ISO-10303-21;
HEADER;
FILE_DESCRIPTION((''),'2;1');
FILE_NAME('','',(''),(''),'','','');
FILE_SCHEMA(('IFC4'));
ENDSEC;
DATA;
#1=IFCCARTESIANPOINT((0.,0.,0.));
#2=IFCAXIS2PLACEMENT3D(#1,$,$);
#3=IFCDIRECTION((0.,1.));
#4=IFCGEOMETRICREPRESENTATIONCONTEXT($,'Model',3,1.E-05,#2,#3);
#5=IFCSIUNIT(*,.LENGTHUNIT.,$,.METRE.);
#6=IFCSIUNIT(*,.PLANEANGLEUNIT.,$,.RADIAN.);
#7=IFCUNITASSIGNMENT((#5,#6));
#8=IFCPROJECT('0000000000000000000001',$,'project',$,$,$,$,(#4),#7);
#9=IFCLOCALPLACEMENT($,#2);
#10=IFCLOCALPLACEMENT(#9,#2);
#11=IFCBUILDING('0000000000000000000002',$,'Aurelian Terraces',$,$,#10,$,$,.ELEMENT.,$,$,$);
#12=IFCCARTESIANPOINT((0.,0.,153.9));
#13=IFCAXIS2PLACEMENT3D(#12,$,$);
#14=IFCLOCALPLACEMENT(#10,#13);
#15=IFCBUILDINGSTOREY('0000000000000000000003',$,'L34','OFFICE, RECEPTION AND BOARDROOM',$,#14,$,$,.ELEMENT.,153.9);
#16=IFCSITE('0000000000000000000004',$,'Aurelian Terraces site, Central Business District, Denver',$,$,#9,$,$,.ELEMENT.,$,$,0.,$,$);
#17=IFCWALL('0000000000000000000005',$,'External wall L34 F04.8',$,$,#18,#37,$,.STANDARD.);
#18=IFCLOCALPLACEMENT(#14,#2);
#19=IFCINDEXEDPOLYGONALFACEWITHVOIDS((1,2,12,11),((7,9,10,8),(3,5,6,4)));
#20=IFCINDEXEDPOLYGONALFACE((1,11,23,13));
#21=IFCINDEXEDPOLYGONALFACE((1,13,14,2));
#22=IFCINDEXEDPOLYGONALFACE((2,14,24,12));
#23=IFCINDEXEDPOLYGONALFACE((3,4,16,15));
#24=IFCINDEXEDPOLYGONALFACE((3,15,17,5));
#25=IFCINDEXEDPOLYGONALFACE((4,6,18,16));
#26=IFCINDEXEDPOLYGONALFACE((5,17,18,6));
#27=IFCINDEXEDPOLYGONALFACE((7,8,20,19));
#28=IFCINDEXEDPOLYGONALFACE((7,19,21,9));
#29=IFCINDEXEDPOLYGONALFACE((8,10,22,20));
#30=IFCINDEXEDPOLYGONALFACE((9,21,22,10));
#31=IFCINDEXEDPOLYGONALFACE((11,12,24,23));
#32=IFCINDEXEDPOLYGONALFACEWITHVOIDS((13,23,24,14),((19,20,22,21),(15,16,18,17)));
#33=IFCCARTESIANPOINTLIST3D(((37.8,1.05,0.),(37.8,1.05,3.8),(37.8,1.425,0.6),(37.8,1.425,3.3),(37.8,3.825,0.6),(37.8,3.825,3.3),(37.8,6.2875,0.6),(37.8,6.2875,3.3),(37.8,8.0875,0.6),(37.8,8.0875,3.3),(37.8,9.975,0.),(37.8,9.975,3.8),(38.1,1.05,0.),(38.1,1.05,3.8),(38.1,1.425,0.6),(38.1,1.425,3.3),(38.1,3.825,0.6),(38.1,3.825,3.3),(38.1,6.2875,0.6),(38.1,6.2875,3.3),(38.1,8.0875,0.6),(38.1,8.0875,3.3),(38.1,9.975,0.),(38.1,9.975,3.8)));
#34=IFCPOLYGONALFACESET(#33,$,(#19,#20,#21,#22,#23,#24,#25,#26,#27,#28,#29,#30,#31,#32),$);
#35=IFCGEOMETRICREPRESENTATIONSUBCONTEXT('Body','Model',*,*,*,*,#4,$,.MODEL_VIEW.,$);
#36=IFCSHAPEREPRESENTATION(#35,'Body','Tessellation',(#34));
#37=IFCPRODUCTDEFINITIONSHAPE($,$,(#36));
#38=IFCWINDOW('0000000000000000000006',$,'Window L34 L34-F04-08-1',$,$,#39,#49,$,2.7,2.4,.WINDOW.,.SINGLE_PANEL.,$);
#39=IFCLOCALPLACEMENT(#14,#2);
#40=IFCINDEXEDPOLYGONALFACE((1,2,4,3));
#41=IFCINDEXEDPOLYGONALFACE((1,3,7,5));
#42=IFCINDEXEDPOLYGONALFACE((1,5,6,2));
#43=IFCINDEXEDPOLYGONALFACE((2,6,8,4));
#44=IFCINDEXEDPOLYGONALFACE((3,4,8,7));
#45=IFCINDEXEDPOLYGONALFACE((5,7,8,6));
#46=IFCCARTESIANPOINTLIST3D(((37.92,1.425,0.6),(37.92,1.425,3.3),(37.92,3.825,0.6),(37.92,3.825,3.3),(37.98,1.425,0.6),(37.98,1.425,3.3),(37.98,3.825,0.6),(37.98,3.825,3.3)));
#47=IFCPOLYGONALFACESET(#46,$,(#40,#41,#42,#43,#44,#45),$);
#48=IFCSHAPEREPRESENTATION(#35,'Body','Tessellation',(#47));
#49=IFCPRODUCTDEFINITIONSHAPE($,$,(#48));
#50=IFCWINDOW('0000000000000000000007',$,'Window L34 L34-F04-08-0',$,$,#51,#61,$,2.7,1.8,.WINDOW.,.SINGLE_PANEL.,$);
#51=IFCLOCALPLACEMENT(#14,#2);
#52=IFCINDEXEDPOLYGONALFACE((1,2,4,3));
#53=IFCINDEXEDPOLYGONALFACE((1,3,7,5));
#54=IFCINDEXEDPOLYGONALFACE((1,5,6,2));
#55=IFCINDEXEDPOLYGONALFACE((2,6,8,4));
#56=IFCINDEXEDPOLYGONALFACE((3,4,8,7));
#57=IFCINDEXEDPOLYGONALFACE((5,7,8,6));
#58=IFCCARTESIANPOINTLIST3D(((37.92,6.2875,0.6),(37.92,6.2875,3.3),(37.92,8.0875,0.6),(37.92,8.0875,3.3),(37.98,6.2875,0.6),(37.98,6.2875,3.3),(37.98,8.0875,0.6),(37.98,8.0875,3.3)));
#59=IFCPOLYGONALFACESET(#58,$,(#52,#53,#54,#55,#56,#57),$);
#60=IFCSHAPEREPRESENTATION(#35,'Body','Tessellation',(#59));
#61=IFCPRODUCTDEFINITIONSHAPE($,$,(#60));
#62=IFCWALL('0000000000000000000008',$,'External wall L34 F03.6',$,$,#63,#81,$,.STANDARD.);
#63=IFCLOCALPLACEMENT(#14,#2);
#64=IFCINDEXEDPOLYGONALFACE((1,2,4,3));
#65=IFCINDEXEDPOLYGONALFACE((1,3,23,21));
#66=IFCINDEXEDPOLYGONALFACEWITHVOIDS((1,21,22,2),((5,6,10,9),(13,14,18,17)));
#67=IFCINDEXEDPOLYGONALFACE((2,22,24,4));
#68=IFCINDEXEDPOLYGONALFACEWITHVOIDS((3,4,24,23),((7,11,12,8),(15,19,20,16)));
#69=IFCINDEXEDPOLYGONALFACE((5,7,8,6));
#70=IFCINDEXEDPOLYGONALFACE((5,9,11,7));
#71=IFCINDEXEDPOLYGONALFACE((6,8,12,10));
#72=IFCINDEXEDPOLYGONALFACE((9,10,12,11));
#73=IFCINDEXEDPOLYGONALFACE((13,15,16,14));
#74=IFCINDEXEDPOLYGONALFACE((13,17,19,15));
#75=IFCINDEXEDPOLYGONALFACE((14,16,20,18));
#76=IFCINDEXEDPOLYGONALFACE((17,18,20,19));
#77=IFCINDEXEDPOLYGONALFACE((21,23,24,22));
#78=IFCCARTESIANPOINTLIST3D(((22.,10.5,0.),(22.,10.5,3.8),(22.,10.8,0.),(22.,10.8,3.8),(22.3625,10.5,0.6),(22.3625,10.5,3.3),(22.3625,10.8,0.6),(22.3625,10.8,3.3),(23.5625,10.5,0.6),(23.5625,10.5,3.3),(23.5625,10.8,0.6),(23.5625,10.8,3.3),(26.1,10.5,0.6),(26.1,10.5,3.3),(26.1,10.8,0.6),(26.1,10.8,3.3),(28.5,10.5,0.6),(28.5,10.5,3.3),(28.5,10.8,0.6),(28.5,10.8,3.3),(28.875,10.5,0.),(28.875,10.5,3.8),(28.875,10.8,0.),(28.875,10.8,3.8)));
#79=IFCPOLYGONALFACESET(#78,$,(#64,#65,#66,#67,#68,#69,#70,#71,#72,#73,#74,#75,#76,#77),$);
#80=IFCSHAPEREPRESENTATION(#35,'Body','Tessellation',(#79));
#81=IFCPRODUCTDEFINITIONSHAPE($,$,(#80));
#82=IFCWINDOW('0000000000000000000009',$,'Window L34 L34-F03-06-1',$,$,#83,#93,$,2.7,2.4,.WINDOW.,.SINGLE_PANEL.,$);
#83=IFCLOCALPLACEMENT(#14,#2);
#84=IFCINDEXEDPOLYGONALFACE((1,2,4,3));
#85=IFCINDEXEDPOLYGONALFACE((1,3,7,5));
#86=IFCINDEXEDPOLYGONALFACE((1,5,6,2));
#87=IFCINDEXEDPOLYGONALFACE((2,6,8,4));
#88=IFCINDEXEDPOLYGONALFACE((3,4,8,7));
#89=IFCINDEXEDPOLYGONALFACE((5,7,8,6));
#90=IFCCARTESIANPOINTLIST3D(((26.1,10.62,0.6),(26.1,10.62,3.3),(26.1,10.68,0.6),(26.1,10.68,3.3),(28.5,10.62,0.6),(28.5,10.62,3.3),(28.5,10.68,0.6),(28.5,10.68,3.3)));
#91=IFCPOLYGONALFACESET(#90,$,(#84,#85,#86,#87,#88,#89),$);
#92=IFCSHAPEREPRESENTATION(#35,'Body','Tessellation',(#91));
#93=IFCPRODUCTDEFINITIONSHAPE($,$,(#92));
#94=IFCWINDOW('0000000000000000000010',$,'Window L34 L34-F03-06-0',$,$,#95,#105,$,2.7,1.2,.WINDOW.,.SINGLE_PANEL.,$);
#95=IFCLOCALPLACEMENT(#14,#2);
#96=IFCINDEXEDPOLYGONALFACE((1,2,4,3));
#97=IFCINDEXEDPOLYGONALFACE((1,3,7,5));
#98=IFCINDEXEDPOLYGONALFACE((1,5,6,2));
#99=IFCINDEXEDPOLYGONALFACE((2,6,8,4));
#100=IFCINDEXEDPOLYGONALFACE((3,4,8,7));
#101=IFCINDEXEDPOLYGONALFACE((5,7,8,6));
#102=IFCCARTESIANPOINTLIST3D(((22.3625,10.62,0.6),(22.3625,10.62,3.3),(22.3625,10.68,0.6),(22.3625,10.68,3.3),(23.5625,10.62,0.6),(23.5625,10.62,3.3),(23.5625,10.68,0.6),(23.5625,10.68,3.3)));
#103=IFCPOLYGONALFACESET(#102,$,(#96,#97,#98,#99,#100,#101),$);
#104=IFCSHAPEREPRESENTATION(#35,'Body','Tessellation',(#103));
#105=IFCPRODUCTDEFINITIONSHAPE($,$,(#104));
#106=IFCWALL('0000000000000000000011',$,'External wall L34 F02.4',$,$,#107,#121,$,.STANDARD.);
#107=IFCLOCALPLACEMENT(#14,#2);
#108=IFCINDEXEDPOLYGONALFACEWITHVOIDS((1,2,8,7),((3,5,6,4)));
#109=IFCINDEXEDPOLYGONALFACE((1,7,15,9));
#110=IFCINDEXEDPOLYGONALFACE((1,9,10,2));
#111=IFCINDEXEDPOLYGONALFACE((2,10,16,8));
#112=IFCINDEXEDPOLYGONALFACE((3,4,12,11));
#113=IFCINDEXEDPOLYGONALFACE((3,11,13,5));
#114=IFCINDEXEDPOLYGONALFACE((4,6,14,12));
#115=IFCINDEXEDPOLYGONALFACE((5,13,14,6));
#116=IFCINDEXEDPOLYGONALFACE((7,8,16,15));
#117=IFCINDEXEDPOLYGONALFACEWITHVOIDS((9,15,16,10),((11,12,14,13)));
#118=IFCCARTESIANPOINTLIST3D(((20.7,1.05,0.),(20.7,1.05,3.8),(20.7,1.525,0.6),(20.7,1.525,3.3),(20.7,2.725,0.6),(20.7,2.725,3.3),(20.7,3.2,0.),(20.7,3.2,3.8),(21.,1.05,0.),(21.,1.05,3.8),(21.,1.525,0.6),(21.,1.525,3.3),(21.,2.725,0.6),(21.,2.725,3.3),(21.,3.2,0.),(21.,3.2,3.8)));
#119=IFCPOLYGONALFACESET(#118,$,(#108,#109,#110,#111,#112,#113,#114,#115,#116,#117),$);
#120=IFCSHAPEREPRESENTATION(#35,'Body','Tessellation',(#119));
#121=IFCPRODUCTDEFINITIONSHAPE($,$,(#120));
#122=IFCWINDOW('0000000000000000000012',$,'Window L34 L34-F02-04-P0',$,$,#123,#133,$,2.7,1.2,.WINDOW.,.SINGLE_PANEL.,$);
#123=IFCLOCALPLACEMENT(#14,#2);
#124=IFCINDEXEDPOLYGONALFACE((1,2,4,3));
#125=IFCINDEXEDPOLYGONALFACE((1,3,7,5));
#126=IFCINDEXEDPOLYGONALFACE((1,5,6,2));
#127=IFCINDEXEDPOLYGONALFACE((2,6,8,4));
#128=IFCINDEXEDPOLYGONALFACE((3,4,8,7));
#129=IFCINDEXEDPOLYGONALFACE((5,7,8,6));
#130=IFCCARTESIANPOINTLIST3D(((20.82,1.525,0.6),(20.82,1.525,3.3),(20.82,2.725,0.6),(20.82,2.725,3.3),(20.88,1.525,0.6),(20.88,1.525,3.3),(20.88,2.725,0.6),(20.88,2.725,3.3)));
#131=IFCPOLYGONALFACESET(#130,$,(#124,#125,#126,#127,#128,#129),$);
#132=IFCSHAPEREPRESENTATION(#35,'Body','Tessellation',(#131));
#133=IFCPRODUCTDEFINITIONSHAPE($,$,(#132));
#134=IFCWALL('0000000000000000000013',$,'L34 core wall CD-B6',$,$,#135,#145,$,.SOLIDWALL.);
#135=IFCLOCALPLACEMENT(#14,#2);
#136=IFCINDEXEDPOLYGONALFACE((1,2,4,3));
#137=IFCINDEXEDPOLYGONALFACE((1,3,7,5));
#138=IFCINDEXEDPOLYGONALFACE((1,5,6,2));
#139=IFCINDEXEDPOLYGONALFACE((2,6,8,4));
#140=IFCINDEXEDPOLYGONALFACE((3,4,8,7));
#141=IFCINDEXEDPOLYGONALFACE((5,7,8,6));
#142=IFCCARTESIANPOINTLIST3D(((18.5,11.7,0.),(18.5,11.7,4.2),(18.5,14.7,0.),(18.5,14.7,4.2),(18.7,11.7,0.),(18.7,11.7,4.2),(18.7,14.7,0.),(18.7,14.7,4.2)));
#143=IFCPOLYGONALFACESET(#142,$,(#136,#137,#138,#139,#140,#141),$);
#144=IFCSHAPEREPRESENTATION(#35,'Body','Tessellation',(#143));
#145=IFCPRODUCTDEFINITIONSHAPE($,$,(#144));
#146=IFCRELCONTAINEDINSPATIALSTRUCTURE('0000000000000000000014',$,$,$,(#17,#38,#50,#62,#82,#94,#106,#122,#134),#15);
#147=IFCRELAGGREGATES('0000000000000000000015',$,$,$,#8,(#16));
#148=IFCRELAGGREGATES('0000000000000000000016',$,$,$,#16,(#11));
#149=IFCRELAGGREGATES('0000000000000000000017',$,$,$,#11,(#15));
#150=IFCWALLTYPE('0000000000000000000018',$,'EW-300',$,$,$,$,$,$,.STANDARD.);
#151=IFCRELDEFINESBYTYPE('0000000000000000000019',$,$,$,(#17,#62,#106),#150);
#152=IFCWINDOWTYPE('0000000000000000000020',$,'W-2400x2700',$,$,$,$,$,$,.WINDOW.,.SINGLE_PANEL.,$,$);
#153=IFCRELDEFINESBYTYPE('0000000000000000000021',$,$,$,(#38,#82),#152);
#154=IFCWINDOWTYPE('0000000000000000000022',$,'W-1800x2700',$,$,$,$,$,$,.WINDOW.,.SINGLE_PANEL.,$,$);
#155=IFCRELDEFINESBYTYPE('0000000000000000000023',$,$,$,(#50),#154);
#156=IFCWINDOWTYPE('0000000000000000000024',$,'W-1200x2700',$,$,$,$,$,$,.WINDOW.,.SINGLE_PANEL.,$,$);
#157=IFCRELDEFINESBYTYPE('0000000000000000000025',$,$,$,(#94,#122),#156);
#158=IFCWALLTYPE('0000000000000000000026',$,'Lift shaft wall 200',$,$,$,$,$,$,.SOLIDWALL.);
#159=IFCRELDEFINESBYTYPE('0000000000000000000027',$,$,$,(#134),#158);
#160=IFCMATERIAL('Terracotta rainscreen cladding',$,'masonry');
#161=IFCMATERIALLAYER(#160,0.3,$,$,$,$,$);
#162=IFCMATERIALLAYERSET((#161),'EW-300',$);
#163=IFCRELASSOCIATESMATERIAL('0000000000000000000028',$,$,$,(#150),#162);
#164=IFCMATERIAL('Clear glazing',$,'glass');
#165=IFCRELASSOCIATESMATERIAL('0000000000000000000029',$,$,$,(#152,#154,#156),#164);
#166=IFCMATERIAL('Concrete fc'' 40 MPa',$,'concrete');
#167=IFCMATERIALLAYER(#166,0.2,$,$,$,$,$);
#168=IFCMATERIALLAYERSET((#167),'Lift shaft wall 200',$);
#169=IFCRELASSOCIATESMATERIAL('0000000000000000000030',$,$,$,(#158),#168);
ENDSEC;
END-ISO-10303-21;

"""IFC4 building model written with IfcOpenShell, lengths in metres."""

from ifc_helpers import new_model, si_unit, direction, frame, frame_2d, origin, place, context, subcontext, project, spatial, rectangle, extrude, source, transform, mapped, material, layer, layer_set, type_object, element, fill, save


model = new_model("IFC4")

# Units and contexts
model_context = context("Model", 3, precision=1e-05, world=origin(), true_north=direction((0.0, 1.0)))
body_context = subcontext(model_context, "Body", "Model", "MODEL_VIEW")
ifc_project = project(units=[si_unit("LENGTHUNIT", "METRE"), si_unit("PLANEANGLEUNIT", "RADIAN")], contexts=[model_context])

# Site, building, storey
site_placement = place(None, origin())
site = spatial("IfcSite", under=ifc_project, at=site_placement, Name="Aurelian Terraces site, Central Business District, Denver", CompositionType="ELEMENT", RefElevation=0.0)
building_placement = place(site_placement, origin())
building = spatial("IfcBuilding", under=site, at=building_placement, Name="Aurelian Terraces", CompositionType="ELEMENT")
storey_placement = place(building_placement, frame((0.0, 0.0, 153.9)))
storey = spatial("IfcBuildingStorey", under=building, at=storey_placement, Name="L34", Description="OFFICE, RECEPTION AND BOARDROOM", CompositionType="ELEMENT", Elevation=153.9)

# Shared definitions
ifc_material_1 = material(Name="Terracotta rainscreen cladding", Category="masonry")
ifc_layer_1 = layer(ifc_material_1, 0.3)
ifc_layer_set_1 = layer_set([ifc_layer_1], Name="EW-300")
wall_type_1 = type_object("IfcWallType", Name="EW-300", PredefinedType="STANDARD", material=ifc_layer_set_1)

# Walls, openings, windows
shared_shape_1 = source(origin(), body_context, "Body", "SweptSolid", [
    extrude(rectangle(XDim=2.4, YDim=2.7, at=frame_2d((1.2, 1.35))), frame((0.0, 0.16, 0.0), z_axis=(0.0, -1.0, 0.0), x_axis=(1.0, 0.0, 0.0)), (0.0, 0.0, 1.0), 0.32),
])
ifc_material_2 = material(Name="Clear glazing", Category="glass")
window_type_1 = type_object("IfcWindowType", Name="W-2400x2700", PartitioningType="SINGLE_PANEL", PredefinedType="WINDOW", material=ifc_material_2)
shared_shape_2 = source(origin(), body_context, "Body", "SweptSolid", [
    extrude(rectangle(XDim=2.4, YDim=2.7, at=frame_2d((1.2, 1.35))), frame((0.0, 0.03, 0.0), z_axis=(0.0, -1.0, 0.0), x_axis=(1.0, 0.0, 0.0)), (0.0, 0.0, 1.0), 0.06),
])
shared_shape_3 = source(origin(), body_context, "Body", "SweptSolid", [
    extrude(rectangle(XDim=8.925, YDim=0.3, at=frame_2d((4.4625, 0.0))), origin(), (0.0, 0.0, 1.0), 3.8),
])
wall_1_placement = place(storey_placement, frame((37.95, 9.975, 0.0), z_axis=(0.0, 0.0, 1.0), x_axis=(0.0, -1.0, 0.0)))
wall_1 = element("IfcWall", 1, at=wall_1_placement, inside=storey, type_object=wall_type_1, Name="External wall L34 F04.8", PredefinedType="STANDARD", context=body_context, shape_type="MappedRepresentation", body=[
    mapped(shared_shape_3, transform((0.0, 0.0, 0.0), scale=1.0)),
])
shared_shape_4 = source(origin(), body_context, "Body", "SweptSolid", [
    extrude(rectangle(XDim=1.8, YDim=2.7, at=frame_2d((0.9, 1.35))), frame((0.0, 0.16, 0.0), z_axis=(0.0, -1.0, 0.0), x_axis=(1.0, 0.0, 0.0)), (0.0, 0.0, 1.0), 0.32),
])
opening_1_placement = place(wall_1_placement, frame((1.8875, 0.0, 0.6)))
opening_1 = element("IfcOpeningElement", 2, at=opening_1_placement, cuts=wall_1, PredefinedType="OPENING", context=body_context, shape_type="MappedRepresentation", body=[
    mapped(shared_shape_4, transform((0.0, 0.0, 0.0), scale=1.0)),
])
opening_2_placement = place(wall_1_placement, frame((6.15, 0.0, 0.6)))
opening_2 = element("IfcOpeningElement", 3, at=opening_2_placement, cuts=wall_1, PredefinedType="OPENING", context=body_context, shape_type="MappedRepresentation", body=[
    mapped(shared_shape_1, transform((0.0, 0.0, 0.0), scale=1.0)),
])
window_1_placement = place(opening_2_placement, origin())
window_1 = element("IfcWindow", 4, at=window_1_placement, inside=storey, type_object=window_type_1, Name="Window L34 L34-F04-08-1", OverallHeight=2.7, OverallWidth=2.4, PartitioningType="SINGLE_PANEL", PredefinedType="WINDOW", context=body_context, shape_type="MappedRepresentation", body=[
    mapped(shared_shape_2, transform((0.0, 0.0, 0.0), scale=1.0)),
])
fill(opening_2, window_1)
window_type_2 = type_object("IfcWindowType", Name="W-1800x2700", PartitioningType="SINGLE_PANEL", PredefinedType="WINDOW", material=ifc_material_2)
shared_shape_5 = source(origin(), body_context, "Body", "SweptSolid", [
    extrude(rectangle(XDim=1.8, YDim=2.7, at=frame_2d((0.9, 1.35))), frame((0.0, 0.03, 0.0), z_axis=(0.0, -1.0, 0.0), x_axis=(1.0, 0.0, 0.0)), (0.0, 0.0, 1.0), 0.06),
])
window_2_placement = place(opening_1_placement, origin())
window_2 = element("IfcWindow", 5, at=window_2_placement, inside=storey, type_object=window_type_2, Name="Window L34 L34-F04-08-0", OverallHeight=2.7, OverallWidth=1.8, PartitioningType="SINGLE_PANEL", PredefinedType="WINDOW", context=body_context, shape_type="MappedRepresentation", body=[
    mapped(shared_shape_5, transform((0.0, 0.0, 0.0), scale=1.0)),
])
fill(opening_1, window_2)
shared_shape_6 = source(origin(), body_context, "Body", "SweptSolid", [
    extrude(rectangle(XDim=6.875, YDim=0.3, at=frame_2d((3.4375, 0.0))), origin(), (0.0, 0.0, 1.0), 3.8),
])
wall_2_placement = place(storey_placement, frame((22.0, 10.65, 0.0), z_axis=(0.0, 0.0, 1.0), x_axis=(1.0, 0.0, 0.0)))
wall_2 = element("IfcWall", 6, at=wall_2_placement, inside=storey, type_object=wall_type_1, Name="External wall L34 F03.6", PredefinedType="STANDARD", context=body_context, shape_type="MappedRepresentation", body=[
    mapped(shared_shape_6, transform((0.0, 0.0, 0.0), scale=1.0)),
])
shared_shape_7 = source(origin(), body_context, "Body", "SweptSolid", [
    extrude(rectangle(XDim=1.2, YDim=2.7, at=frame_2d((0.6, 1.35))), frame((0.0, 0.16, 0.0), z_axis=(0.0, -1.0, 0.0), x_axis=(1.0, 0.0, 0.0)), (0.0, 0.0, 1.0), 0.32),
])
opening_3_placement = place(wall_2_placement, frame((0.3625, 0.0, 0.6)))
opening_3 = element("IfcOpeningElement", 7, at=opening_3_placement, cuts=wall_2, PredefinedType="OPENING", context=body_context, shape_type="MappedRepresentation", body=[
    mapped(shared_shape_7, transform((0.0, 0.0, 0.0), scale=1.0)),
])
opening_4_placement = place(wall_2_placement, frame((4.1, 0.0, 0.6)))
opening_4 = element("IfcOpeningElement", 8, at=opening_4_placement, cuts=wall_2, PredefinedType="OPENING", context=body_context, shape_type="MappedRepresentation", body=[
    mapped(shared_shape_1, transform((0.0, 0.0, 0.0), scale=1.0)),
])
window_3_placement = place(opening_4_placement, origin())
window_3 = element("IfcWindow", 9, at=window_3_placement, inside=storey, type_object=window_type_1, Name="Window L34 L34-F03-06-1", OverallHeight=2.7, OverallWidth=2.4, PartitioningType="SINGLE_PANEL", PredefinedType="WINDOW", context=body_context, shape_type="MappedRepresentation", body=[
    mapped(shared_shape_2, transform((0.0, 0.0, 0.0), scale=1.0)),
])
fill(opening_4, window_3)
window_type_3 = type_object("IfcWindowType", Name="W-1200x2700", PartitioningType="SINGLE_PANEL", PredefinedType="WINDOW", material=ifc_material_2)
shared_shape_8 = source(origin(), body_context, "Body", "SweptSolid", [
    extrude(rectangle(XDim=1.2, YDim=2.7, at=frame_2d((0.6, 1.35))), frame((0.0, 0.03, 0.0), z_axis=(0.0, -1.0, 0.0), x_axis=(1.0, 0.0, 0.0)), (0.0, 0.0, 1.0), 0.06),
])
window_4_placement = place(opening_3_placement, origin())
window_4 = element("IfcWindow", 10, at=window_4_placement, inside=storey, type_object=window_type_3, Name="Window L34 L34-F03-06-0", OverallHeight=2.7, OverallWidth=1.2, PartitioningType="SINGLE_PANEL", PredefinedType="WINDOW", context=body_context, shape_type="MappedRepresentation", body=[
    mapped(shared_shape_8, transform((0.0, 0.0, 0.0), scale=1.0)),
])
fill(opening_3, window_4)

# Wall, opening, window
shared_shape_9 = source(origin(), body_context, "Body", "SweptSolid", [
    extrude(rectangle(XDim=2.15, YDim=0.3, at=frame_2d((1.075, 0.0))), origin(), (0.0, 0.0, 1.0), 3.8),
])
wall_3_placement = place(storey_placement, frame((20.85, 1.05, 0.0), z_axis=(0.0, 0.0, 1.0), x_axis=(0.0, 1.0, 0.0)))
wall_3 = element("IfcWall", 11, at=wall_3_placement, inside=storey, type_object=wall_type_1, Name="External wall L34 F02.4", PredefinedType="STANDARD", context=body_context, shape_type="MappedRepresentation", body=[
    mapped(shared_shape_9, transform((0.0, 0.0, 0.0), scale=1.0)),
])
opening_5_placement = place(wall_3_placement, frame((0.475, 0.0, 0.6)))
opening_5 = element("IfcOpeningElement", 12, at=opening_5_placement, cuts=wall_3, PredefinedType="OPENING", context=body_context, shape_type="MappedRepresentation", body=[
    mapped(shared_shape_7, transform((0.0, 0.0, 0.0), scale=1.0)),
])
window_5_placement = place(opening_5_placement, origin())
window_5 = element("IfcWindow", 13, at=window_5_placement, inside=storey, type_object=window_type_3, Name="Window L34 L34-F02-04-P0", OverallHeight=2.7, OverallWidth=1.2, PartitioningType="SINGLE_PANEL", PredefinedType="WINDOW", context=body_context, shape_type="MappedRepresentation", body=[
    mapped(shared_shape_8, transform((0.0, 0.0, 0.0), scale=1.0)),
])
fill(opening_5, window_5)

# Wall
ifc_material_3 = material(Name="Concrete fc' 40 MPa", Category="concrete")
ifc_layer_2 = layer(ifc_material_3, 0.2)
ifc_layer_set_2 = layer_set([ifc_layer_2], Name="Lift shaft wall 200")
wall_type_2 = type_object("IfcWallType", Name="Lift shaft wall 200", PredefinedType="SOLIDWALL", material=ifc_layer_set_2)
shared_shape_10 = source(origin(), body_context, "Body", "SweptSolid", [
    extrude(rectangle(XDim=3.0, YDim=0.2, at=frame_2d((1.5, 0.0))), origin(), (0.0, 0.0, 1.0), 4.2),
])
wall_4_placement = place(storey_placement, frame((18.6, 11.7, 0.0), z_axis=(0.0, 0.0, 1.0), x_axis=(0.0, 1.0, 0.0)))
element("IfcWall", 14, at=wall_4_placement, inside=storey, type_object=wall_type_2, Name="L34 core wall CD-B6", PredefinedType="SOLIDWALL", context=body_context, shape_type="MappedRepresentation", body=[
    mapped(shared_shape_10, transform((0.0, 0.0, 0.0), scale=1.0)),
])

save(model, "model.ifc")
